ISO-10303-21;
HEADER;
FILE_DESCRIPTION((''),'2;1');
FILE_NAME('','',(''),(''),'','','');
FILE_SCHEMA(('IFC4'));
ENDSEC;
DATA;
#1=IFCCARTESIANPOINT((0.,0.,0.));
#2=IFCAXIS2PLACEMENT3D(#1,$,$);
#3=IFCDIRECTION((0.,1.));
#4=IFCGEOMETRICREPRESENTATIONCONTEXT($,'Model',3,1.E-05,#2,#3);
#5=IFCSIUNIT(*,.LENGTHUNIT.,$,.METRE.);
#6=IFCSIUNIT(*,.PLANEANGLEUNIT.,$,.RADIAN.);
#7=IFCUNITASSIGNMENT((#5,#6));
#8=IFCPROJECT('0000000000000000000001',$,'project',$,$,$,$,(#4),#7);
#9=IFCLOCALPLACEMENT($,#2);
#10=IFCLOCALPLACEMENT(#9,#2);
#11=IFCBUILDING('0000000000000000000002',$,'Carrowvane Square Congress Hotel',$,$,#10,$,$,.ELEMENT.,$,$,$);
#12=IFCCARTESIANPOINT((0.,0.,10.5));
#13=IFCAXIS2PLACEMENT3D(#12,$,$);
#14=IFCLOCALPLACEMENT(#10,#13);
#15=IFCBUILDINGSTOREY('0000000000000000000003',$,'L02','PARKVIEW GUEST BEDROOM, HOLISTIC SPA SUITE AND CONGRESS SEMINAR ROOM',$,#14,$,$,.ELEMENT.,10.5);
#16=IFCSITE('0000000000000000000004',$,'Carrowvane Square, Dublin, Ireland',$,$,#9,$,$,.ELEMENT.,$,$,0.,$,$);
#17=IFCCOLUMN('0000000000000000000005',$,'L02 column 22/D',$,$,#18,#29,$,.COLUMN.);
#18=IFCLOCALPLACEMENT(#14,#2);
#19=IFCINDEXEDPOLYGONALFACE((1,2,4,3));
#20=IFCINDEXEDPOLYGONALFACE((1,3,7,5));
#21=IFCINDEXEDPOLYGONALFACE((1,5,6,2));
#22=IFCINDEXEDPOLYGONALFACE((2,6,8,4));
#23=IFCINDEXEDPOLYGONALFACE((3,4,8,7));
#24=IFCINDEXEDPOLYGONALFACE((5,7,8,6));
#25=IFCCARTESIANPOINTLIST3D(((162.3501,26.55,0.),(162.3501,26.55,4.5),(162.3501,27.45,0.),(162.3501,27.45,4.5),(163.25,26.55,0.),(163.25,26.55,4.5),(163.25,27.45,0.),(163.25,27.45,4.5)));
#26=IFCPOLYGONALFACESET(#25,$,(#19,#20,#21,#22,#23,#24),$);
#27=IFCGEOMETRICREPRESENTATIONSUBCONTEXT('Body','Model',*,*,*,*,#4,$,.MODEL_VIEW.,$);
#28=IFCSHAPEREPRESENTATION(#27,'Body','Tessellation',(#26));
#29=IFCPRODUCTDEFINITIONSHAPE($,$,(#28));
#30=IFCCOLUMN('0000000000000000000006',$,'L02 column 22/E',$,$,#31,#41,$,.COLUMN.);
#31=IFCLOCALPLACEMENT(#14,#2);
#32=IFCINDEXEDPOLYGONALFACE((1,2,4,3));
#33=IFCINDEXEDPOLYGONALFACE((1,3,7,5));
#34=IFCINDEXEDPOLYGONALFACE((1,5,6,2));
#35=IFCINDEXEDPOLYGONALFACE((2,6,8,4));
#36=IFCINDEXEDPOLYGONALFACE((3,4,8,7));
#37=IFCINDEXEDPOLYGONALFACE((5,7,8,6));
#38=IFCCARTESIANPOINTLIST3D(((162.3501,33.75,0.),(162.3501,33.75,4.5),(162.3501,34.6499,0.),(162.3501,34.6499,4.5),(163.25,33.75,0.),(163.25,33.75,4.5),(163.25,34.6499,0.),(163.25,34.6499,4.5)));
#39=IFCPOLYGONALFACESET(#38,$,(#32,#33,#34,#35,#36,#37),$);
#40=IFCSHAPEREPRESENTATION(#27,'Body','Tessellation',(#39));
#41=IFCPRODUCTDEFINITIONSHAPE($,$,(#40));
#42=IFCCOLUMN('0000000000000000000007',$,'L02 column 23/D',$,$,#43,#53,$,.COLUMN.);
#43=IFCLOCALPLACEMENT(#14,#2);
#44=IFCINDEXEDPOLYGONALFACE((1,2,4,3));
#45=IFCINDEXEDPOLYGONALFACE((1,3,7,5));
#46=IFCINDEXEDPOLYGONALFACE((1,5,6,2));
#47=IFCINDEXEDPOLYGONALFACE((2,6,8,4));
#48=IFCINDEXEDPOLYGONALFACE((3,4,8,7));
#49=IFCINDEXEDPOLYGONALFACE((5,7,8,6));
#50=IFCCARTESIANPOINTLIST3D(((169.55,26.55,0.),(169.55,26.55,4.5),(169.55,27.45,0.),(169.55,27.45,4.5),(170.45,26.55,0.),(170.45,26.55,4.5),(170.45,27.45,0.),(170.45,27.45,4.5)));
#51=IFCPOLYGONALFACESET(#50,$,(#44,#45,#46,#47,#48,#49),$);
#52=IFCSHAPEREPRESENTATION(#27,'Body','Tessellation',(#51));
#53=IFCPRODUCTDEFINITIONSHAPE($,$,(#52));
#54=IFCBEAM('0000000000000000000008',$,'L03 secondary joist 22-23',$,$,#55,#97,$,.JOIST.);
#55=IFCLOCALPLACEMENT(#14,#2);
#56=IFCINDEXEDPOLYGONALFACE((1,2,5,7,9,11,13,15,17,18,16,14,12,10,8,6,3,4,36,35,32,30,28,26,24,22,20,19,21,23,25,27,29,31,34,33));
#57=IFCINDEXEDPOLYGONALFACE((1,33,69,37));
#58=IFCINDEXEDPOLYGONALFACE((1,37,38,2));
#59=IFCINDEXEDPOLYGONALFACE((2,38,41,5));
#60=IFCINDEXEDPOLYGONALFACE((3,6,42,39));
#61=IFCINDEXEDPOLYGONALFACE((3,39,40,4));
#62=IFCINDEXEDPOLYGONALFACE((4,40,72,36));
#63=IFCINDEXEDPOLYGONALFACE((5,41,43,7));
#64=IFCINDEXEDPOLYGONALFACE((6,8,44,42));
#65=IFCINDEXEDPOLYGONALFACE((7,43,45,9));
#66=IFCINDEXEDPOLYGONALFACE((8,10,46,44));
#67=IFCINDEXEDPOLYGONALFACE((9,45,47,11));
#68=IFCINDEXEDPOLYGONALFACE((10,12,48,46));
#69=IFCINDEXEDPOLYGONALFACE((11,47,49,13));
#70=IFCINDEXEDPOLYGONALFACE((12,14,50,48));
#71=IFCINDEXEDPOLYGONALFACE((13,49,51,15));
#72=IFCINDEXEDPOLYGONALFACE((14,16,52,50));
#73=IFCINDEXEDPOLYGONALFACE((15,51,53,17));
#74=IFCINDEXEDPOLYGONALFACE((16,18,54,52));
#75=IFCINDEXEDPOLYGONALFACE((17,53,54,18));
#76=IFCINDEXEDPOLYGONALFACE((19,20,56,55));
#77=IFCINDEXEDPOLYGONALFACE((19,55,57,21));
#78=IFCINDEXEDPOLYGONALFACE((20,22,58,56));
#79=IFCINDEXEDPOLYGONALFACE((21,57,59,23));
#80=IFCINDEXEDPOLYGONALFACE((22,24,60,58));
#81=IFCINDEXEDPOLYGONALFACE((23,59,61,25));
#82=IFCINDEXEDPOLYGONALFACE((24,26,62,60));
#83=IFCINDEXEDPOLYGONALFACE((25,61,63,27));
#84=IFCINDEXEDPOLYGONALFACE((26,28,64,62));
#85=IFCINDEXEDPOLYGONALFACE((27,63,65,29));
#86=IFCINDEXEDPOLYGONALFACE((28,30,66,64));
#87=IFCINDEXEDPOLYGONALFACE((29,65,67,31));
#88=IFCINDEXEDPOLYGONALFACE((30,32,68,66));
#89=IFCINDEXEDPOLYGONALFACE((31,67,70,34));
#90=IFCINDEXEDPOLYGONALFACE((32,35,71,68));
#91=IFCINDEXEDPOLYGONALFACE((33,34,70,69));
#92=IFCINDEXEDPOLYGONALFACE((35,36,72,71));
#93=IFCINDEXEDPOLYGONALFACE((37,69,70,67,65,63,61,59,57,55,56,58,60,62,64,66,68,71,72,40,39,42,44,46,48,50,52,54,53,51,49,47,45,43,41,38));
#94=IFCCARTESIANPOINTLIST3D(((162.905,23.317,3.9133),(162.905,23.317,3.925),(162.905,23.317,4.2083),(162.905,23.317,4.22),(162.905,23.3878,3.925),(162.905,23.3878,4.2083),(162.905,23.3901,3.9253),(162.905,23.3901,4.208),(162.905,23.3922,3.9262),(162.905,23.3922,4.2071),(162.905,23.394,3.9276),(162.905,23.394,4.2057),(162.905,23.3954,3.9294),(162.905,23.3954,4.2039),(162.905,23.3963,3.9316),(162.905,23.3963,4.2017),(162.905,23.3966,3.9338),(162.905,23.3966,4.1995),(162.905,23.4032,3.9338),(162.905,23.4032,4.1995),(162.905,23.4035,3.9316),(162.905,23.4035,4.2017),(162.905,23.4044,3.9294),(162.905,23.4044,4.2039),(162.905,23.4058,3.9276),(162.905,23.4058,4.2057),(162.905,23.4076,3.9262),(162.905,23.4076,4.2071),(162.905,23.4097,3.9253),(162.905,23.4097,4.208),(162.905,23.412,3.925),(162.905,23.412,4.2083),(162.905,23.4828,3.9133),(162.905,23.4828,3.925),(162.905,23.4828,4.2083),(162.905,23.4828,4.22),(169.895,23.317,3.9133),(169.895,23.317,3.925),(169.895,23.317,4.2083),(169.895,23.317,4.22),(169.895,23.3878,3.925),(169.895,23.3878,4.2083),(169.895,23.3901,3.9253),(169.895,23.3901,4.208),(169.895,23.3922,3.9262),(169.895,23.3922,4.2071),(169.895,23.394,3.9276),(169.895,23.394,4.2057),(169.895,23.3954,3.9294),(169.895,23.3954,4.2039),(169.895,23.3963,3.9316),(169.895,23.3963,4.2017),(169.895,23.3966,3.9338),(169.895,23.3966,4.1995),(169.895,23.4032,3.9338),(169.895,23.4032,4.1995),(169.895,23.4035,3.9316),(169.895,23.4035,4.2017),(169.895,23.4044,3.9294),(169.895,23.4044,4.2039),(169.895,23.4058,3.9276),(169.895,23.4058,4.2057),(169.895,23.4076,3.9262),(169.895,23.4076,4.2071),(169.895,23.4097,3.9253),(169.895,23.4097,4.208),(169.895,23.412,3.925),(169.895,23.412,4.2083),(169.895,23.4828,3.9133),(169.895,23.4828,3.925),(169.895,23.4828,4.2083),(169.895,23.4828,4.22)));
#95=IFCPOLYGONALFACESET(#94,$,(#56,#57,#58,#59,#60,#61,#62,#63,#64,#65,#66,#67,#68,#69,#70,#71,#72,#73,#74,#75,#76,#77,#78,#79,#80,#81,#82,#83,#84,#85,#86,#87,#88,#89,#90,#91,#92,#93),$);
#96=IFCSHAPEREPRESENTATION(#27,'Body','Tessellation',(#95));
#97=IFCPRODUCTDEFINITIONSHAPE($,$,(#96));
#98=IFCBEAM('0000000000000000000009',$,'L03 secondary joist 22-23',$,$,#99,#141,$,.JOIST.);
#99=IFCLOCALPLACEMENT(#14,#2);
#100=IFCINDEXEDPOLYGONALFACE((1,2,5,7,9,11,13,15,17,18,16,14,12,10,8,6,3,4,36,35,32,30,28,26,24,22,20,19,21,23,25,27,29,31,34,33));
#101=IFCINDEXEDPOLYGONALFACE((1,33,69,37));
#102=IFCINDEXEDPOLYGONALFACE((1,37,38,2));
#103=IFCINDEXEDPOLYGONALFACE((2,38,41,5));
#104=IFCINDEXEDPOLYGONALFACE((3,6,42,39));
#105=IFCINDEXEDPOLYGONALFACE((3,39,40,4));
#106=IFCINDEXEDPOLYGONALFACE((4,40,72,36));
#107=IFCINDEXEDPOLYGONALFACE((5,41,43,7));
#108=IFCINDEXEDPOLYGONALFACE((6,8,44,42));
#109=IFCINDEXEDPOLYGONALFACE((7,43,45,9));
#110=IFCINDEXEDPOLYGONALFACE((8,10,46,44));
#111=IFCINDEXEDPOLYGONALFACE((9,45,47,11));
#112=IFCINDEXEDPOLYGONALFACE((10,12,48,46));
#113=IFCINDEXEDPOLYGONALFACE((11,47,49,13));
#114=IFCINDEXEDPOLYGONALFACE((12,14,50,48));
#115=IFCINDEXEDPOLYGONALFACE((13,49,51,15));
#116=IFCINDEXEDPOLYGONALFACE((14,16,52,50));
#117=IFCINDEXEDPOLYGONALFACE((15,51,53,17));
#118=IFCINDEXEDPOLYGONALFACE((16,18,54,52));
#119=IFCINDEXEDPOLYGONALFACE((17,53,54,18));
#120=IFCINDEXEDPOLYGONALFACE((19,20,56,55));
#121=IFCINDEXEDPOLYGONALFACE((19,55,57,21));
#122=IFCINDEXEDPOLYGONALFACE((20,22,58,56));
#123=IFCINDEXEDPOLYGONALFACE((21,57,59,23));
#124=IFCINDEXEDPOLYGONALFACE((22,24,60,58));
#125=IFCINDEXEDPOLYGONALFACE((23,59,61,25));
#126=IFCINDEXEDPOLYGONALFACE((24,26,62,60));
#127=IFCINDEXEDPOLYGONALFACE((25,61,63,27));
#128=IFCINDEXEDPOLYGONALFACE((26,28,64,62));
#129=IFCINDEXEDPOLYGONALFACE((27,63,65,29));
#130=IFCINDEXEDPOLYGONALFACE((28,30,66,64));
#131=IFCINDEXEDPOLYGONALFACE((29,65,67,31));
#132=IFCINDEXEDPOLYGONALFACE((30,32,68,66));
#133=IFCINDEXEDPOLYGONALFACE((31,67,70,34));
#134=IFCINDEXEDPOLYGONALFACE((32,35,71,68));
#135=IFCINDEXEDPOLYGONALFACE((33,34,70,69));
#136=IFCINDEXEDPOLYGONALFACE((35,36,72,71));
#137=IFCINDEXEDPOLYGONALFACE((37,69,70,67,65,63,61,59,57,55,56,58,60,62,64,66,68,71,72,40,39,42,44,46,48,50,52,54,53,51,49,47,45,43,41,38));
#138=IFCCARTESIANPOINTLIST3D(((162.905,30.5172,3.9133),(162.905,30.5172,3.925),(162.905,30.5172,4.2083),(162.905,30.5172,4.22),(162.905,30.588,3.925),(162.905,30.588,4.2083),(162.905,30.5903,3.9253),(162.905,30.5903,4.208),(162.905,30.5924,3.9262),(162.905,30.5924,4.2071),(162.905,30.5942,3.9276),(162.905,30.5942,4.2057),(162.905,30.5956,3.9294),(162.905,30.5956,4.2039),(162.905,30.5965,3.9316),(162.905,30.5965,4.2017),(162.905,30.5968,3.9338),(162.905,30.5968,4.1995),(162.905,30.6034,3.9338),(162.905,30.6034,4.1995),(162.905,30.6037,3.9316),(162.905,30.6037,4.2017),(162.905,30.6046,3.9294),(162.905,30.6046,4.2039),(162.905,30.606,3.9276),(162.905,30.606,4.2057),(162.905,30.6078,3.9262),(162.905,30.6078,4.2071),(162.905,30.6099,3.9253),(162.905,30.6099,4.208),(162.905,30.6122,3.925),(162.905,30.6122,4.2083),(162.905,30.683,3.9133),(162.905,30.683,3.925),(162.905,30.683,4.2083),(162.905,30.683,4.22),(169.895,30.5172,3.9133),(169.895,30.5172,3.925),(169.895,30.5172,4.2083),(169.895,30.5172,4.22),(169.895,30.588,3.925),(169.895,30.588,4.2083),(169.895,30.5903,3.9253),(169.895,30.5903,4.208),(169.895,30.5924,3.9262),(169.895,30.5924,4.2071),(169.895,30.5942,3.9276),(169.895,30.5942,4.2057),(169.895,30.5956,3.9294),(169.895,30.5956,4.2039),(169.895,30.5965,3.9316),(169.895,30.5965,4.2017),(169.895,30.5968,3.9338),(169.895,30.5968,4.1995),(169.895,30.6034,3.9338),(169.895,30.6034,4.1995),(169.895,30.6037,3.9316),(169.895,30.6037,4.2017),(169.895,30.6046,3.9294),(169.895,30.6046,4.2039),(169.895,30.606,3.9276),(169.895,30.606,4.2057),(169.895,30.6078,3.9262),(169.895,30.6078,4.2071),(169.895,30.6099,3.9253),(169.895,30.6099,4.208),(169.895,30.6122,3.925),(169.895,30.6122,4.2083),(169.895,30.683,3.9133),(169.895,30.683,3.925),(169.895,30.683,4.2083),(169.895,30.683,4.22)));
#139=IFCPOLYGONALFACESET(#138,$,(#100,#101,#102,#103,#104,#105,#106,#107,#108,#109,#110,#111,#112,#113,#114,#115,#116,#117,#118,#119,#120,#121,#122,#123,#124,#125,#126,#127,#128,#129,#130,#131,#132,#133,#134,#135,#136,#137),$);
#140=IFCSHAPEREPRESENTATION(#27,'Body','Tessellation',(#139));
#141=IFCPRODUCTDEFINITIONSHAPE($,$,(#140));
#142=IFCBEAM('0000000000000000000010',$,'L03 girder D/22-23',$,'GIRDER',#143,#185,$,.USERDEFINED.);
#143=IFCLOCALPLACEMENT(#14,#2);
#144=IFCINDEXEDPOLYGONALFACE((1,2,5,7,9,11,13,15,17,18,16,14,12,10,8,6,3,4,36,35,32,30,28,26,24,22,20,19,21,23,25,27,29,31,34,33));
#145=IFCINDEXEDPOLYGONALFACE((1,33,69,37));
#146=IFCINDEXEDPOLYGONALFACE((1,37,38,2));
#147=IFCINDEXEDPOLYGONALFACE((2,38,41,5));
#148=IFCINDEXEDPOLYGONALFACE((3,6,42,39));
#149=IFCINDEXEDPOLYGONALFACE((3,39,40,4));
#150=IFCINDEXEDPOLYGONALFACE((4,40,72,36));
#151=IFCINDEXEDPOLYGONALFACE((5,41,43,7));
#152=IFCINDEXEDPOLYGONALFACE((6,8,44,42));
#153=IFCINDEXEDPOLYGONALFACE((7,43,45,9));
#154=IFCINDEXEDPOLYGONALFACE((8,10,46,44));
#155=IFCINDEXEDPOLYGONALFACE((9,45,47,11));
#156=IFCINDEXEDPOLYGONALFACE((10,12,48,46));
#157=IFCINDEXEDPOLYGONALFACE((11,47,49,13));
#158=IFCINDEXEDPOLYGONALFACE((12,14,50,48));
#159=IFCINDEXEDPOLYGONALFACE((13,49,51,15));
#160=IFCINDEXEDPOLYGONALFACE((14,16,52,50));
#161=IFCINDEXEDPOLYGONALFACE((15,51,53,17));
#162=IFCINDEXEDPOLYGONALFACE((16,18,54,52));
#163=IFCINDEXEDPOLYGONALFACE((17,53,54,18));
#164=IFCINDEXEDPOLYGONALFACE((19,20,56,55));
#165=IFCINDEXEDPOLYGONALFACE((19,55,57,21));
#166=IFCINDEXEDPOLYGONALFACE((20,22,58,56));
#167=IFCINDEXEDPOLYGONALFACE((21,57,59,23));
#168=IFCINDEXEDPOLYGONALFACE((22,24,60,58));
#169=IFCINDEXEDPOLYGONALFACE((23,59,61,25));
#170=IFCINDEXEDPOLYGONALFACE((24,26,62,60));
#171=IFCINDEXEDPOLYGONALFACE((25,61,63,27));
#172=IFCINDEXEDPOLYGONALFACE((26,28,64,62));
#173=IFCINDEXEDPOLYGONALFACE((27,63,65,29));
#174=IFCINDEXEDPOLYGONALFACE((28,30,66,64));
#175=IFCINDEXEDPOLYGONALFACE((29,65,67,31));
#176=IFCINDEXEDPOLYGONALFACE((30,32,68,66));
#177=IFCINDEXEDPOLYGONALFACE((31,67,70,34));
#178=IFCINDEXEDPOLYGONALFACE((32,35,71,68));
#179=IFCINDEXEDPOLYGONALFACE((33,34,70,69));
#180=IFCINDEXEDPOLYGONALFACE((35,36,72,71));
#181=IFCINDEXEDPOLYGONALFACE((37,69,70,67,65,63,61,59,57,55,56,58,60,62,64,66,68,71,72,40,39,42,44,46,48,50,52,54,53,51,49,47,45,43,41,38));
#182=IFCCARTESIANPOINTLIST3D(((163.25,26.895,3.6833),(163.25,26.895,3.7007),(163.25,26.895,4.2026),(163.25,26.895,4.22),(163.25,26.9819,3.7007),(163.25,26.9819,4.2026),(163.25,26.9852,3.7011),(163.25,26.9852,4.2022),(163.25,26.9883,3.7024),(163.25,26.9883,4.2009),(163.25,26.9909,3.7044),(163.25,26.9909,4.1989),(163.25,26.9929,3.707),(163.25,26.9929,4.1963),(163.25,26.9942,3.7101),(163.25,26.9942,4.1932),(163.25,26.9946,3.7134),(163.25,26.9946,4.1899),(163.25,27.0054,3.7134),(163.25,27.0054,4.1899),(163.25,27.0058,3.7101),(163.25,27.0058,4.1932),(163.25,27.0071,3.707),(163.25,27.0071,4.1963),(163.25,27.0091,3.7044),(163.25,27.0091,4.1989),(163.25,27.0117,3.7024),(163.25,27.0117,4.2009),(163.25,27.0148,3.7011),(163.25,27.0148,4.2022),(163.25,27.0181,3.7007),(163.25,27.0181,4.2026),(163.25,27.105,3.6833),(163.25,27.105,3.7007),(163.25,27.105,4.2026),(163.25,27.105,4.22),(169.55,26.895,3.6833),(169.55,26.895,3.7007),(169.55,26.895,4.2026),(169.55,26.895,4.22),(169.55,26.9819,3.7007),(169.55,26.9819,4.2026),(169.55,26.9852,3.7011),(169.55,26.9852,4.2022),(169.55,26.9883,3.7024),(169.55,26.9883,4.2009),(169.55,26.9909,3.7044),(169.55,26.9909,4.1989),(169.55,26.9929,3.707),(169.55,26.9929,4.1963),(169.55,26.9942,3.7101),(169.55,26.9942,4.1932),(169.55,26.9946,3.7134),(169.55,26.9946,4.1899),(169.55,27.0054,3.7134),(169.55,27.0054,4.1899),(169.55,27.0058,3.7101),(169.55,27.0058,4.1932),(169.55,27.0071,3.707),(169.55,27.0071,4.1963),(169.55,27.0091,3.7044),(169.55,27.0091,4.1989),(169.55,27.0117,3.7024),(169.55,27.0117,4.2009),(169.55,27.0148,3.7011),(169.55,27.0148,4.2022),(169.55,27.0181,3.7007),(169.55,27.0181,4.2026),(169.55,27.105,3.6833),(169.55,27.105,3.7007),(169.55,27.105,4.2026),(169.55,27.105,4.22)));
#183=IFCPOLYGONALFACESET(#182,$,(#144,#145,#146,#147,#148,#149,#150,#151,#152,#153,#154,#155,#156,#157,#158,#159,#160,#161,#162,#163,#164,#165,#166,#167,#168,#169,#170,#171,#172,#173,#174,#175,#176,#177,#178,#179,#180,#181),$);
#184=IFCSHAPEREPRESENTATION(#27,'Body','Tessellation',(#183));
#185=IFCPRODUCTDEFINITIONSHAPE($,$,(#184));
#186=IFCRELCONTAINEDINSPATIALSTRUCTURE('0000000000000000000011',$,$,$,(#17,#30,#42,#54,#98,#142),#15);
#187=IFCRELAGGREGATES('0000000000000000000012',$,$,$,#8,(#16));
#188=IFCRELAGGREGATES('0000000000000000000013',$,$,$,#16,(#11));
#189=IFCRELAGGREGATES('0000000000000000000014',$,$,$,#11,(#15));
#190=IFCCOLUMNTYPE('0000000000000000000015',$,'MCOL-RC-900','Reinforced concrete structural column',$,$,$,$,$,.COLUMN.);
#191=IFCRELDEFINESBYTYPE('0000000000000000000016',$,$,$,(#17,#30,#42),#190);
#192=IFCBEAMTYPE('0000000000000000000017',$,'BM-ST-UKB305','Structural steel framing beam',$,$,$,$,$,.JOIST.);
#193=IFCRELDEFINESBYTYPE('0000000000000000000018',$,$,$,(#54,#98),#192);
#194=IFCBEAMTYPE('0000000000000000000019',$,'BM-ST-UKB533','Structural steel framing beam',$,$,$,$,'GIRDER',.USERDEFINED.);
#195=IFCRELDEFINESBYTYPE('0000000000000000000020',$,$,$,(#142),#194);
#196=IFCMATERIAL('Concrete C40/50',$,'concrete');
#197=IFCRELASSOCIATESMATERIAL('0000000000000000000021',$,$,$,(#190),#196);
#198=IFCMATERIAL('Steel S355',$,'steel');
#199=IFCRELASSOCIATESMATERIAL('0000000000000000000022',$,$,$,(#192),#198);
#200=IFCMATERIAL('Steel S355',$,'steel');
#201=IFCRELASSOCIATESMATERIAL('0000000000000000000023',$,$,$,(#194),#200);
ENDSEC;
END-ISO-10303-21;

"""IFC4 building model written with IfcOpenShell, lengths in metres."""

from ifc_helpers import new_model, si_unit, direction, frame, origin, origin_2d, place, context, subcontext, project, spatial, rectangle, i_section, extrude, material, material_profile, profile_set, type_object, element, save


model = new_model("IFC4")

# Units and contexts
model_context = context("Model", 3, precision=1e-05, world=origin(), true_north=direction((0.0, 1.0)))
body_context = subcontext(model_context, "Body", "Model", "MODEL_VIEW")
ifc_project = project(units=[si_unit("LENGTHUNIT", "METRE"), si_unit("PLANEANGLEUNIT", "RADIAN")], contexts=[model_context])

# Site, building, storey
site_placement = place(None, origin())
site = spatial("IfcSite", under=ifc_project, at=site_placement, Name="Carrowvane Square, Dublin, Ireland", CompositionType="ELEMENT", RefElevation=0.0)
building_placement = place(site_placement, origin())
building = spatial("IfcBuilding", under=site, at=building_placement, Name="Carrowvane Square Congress Hotel", CompositionType="ELEMENT")
storey_placement = place(building_placement, frame((0.0, 0.0, 10.5)))
storey = spatial("IfcBuildingStorey", under=building, at=storey_placement, Name="L02", Description="PARKVIEW GUEST BEDROOM, HOLISTIC SPA SUITE AND CONGRESS SEMINAR ROOM", CompositionType="ELEMENT", Elevation=10.5)

# Columns
ifc_material_1 = material(Name="Concrete C40/50", Category="concrete")
ifc_material_profile_1 = material_profile(ifc_material_1, rectangle(XDim=0.8999, YDim=0.8999, at=origin_2d()), Name="RC 900x900")
ifc_profile_set_1 = profile_set([ifc_material_profile_1], Name="Concrete C40/50")
column_type = type_object("IfcColumnType", Name="MCOL-RC-900", Description="Reinforced concrete structural column", PredefinedType="COLUMN", material=ifc_profile_set_1)
for number, where, z_axis, x_axis, name in (
    (1, (162.8, 27.0, 0.0), (0.0, 0.0, 1.0), (1.0, 0.0, 0.0), "L02 column 22/D"),
    (2, (162.8, 34.2, 0.0), (0.0, 0.0, 1.0), (1.0, 0.0, 0.0), "L02 column 22/E"),
    (3, (170.0, 27.0, 0.0), (0.0, 0.0, 1.0), (1.0, 0.0, 0.0), "L02 column 23/D"),
):
    element("IfcColumn", number, at=place(storey_placement, frame(where, z_axis=z_axis, x_axis=x_axis)), inside=storey, type_object=column_type, Name=name, PredefinedType="COLUMN", context=body_context, shape_type="SweptSolid", body=[
        extrude(rectangle(XDim=0.8999, YDim=0.8999, at=origin_2d()), origin(), (0.0, 0.0, 1.0), 4.5),
    ])

# Beams
ifc_material_2 = material(Name="Steel S355", Category="steel")
ifc_material_profile_2 = material_profile(ifc_material_2, i_section(OverallWidth=0.1658, OverallDepth=0.3066, WebThickness=0.0066, FlangeThickness=0.0117, FilletRadius=0.0088, at=origin_2d()), Name="UKB 305x165x46")
ifc_profile_set_2 = profile_set([ifc_material_profile_2], Name="Steel S355")
beam_type_1 = type_object("IfcBeamType", Name="BM-ST-UKB305", Description="Structural steel framing beam", PredefinedType="JOIST", material=ifc_profile_set_2)
for number, where, z_axis, x_axis, name in (
    (4, (162.905, 23.3999, 4.0667), (1.0, 0.0, 0.0), (0.0, 1.0, 0.0), "L03 secondary joist 22-23"),
    (5, (162.905, 30.6001, 4.0667), (1.0, 0.0, 0.0), (0.0, 1.0, 0.0), "L03 secondary joist 22-23"),
):
    element("IfcBeam", number, at=place(storey_placement, frame(where, z_axis=z_axis, x_axis=x_axis)), inside=storey, type_object=beam_type_1, Name=name, PredefinedType="JOIST", context=body_context, shape_type="SweptSolid", body=[
        extrude(i_section(OverallWidth=0.1658, OverallDepth=0.3066, WebThickness=0.0066, FlangeThickness=0.0117, FilletRadius=0.0088, at=origin_2d()), origin(), (0.0, 0.0, 1.0), 6.99),
    ])
ifc_material_3 = material(Name="Steel S355", Category="steel")
ifc_material_profile_3 = material_profile(ifc_material_3, i_section(OverallWidth=0.21, OverallDepth=0.5366, WebThickness=0.0107, FlangeThickness=0.0173, FilletRadius=0.0127, at=origin_2d()), Name="UKB 533x210x101")
ifc_profile_set_3 = profile_set([ifc_material_profile_3], Name="Steel S355")
beam_type_2 = type_object("IfcBeamType", Name="BM-ST-UKB533", Description="Structural steel framing beam", ElementType="GIRDER", PredefinedType="USERDEFINED", material=ifc_profile_set_3)
for number, where, z_axis, x_axis, name in (
    (6, (163.25, 27.0, 3.9517), (1.0, 0.0, 0.0), (0.0, 1.0, 0.0), "L03 girder D/22-23"),
):
    element("IfcBeam", number, at=place(storey_placement, frame(where, z_axis=z_axis, x_axis=x_axis)), inside=storey, type_object=beam_type_2, Name=name, ObjectType="GIRDER", PredefinedType="USERDEFINED", context=body_context, shape_type="SweptSolid", body=[
        extrude(i_section(OverallWidth=0.21, OverallDepth=0.5366, WebThickness=0.0107, FlangeThickness=0.0173, FilletRadius=0.0127, at=origin_2d()), origin(), (0.0, 0.0, 1.0), 6.3),
    ])

save(model, "model.ifc")
